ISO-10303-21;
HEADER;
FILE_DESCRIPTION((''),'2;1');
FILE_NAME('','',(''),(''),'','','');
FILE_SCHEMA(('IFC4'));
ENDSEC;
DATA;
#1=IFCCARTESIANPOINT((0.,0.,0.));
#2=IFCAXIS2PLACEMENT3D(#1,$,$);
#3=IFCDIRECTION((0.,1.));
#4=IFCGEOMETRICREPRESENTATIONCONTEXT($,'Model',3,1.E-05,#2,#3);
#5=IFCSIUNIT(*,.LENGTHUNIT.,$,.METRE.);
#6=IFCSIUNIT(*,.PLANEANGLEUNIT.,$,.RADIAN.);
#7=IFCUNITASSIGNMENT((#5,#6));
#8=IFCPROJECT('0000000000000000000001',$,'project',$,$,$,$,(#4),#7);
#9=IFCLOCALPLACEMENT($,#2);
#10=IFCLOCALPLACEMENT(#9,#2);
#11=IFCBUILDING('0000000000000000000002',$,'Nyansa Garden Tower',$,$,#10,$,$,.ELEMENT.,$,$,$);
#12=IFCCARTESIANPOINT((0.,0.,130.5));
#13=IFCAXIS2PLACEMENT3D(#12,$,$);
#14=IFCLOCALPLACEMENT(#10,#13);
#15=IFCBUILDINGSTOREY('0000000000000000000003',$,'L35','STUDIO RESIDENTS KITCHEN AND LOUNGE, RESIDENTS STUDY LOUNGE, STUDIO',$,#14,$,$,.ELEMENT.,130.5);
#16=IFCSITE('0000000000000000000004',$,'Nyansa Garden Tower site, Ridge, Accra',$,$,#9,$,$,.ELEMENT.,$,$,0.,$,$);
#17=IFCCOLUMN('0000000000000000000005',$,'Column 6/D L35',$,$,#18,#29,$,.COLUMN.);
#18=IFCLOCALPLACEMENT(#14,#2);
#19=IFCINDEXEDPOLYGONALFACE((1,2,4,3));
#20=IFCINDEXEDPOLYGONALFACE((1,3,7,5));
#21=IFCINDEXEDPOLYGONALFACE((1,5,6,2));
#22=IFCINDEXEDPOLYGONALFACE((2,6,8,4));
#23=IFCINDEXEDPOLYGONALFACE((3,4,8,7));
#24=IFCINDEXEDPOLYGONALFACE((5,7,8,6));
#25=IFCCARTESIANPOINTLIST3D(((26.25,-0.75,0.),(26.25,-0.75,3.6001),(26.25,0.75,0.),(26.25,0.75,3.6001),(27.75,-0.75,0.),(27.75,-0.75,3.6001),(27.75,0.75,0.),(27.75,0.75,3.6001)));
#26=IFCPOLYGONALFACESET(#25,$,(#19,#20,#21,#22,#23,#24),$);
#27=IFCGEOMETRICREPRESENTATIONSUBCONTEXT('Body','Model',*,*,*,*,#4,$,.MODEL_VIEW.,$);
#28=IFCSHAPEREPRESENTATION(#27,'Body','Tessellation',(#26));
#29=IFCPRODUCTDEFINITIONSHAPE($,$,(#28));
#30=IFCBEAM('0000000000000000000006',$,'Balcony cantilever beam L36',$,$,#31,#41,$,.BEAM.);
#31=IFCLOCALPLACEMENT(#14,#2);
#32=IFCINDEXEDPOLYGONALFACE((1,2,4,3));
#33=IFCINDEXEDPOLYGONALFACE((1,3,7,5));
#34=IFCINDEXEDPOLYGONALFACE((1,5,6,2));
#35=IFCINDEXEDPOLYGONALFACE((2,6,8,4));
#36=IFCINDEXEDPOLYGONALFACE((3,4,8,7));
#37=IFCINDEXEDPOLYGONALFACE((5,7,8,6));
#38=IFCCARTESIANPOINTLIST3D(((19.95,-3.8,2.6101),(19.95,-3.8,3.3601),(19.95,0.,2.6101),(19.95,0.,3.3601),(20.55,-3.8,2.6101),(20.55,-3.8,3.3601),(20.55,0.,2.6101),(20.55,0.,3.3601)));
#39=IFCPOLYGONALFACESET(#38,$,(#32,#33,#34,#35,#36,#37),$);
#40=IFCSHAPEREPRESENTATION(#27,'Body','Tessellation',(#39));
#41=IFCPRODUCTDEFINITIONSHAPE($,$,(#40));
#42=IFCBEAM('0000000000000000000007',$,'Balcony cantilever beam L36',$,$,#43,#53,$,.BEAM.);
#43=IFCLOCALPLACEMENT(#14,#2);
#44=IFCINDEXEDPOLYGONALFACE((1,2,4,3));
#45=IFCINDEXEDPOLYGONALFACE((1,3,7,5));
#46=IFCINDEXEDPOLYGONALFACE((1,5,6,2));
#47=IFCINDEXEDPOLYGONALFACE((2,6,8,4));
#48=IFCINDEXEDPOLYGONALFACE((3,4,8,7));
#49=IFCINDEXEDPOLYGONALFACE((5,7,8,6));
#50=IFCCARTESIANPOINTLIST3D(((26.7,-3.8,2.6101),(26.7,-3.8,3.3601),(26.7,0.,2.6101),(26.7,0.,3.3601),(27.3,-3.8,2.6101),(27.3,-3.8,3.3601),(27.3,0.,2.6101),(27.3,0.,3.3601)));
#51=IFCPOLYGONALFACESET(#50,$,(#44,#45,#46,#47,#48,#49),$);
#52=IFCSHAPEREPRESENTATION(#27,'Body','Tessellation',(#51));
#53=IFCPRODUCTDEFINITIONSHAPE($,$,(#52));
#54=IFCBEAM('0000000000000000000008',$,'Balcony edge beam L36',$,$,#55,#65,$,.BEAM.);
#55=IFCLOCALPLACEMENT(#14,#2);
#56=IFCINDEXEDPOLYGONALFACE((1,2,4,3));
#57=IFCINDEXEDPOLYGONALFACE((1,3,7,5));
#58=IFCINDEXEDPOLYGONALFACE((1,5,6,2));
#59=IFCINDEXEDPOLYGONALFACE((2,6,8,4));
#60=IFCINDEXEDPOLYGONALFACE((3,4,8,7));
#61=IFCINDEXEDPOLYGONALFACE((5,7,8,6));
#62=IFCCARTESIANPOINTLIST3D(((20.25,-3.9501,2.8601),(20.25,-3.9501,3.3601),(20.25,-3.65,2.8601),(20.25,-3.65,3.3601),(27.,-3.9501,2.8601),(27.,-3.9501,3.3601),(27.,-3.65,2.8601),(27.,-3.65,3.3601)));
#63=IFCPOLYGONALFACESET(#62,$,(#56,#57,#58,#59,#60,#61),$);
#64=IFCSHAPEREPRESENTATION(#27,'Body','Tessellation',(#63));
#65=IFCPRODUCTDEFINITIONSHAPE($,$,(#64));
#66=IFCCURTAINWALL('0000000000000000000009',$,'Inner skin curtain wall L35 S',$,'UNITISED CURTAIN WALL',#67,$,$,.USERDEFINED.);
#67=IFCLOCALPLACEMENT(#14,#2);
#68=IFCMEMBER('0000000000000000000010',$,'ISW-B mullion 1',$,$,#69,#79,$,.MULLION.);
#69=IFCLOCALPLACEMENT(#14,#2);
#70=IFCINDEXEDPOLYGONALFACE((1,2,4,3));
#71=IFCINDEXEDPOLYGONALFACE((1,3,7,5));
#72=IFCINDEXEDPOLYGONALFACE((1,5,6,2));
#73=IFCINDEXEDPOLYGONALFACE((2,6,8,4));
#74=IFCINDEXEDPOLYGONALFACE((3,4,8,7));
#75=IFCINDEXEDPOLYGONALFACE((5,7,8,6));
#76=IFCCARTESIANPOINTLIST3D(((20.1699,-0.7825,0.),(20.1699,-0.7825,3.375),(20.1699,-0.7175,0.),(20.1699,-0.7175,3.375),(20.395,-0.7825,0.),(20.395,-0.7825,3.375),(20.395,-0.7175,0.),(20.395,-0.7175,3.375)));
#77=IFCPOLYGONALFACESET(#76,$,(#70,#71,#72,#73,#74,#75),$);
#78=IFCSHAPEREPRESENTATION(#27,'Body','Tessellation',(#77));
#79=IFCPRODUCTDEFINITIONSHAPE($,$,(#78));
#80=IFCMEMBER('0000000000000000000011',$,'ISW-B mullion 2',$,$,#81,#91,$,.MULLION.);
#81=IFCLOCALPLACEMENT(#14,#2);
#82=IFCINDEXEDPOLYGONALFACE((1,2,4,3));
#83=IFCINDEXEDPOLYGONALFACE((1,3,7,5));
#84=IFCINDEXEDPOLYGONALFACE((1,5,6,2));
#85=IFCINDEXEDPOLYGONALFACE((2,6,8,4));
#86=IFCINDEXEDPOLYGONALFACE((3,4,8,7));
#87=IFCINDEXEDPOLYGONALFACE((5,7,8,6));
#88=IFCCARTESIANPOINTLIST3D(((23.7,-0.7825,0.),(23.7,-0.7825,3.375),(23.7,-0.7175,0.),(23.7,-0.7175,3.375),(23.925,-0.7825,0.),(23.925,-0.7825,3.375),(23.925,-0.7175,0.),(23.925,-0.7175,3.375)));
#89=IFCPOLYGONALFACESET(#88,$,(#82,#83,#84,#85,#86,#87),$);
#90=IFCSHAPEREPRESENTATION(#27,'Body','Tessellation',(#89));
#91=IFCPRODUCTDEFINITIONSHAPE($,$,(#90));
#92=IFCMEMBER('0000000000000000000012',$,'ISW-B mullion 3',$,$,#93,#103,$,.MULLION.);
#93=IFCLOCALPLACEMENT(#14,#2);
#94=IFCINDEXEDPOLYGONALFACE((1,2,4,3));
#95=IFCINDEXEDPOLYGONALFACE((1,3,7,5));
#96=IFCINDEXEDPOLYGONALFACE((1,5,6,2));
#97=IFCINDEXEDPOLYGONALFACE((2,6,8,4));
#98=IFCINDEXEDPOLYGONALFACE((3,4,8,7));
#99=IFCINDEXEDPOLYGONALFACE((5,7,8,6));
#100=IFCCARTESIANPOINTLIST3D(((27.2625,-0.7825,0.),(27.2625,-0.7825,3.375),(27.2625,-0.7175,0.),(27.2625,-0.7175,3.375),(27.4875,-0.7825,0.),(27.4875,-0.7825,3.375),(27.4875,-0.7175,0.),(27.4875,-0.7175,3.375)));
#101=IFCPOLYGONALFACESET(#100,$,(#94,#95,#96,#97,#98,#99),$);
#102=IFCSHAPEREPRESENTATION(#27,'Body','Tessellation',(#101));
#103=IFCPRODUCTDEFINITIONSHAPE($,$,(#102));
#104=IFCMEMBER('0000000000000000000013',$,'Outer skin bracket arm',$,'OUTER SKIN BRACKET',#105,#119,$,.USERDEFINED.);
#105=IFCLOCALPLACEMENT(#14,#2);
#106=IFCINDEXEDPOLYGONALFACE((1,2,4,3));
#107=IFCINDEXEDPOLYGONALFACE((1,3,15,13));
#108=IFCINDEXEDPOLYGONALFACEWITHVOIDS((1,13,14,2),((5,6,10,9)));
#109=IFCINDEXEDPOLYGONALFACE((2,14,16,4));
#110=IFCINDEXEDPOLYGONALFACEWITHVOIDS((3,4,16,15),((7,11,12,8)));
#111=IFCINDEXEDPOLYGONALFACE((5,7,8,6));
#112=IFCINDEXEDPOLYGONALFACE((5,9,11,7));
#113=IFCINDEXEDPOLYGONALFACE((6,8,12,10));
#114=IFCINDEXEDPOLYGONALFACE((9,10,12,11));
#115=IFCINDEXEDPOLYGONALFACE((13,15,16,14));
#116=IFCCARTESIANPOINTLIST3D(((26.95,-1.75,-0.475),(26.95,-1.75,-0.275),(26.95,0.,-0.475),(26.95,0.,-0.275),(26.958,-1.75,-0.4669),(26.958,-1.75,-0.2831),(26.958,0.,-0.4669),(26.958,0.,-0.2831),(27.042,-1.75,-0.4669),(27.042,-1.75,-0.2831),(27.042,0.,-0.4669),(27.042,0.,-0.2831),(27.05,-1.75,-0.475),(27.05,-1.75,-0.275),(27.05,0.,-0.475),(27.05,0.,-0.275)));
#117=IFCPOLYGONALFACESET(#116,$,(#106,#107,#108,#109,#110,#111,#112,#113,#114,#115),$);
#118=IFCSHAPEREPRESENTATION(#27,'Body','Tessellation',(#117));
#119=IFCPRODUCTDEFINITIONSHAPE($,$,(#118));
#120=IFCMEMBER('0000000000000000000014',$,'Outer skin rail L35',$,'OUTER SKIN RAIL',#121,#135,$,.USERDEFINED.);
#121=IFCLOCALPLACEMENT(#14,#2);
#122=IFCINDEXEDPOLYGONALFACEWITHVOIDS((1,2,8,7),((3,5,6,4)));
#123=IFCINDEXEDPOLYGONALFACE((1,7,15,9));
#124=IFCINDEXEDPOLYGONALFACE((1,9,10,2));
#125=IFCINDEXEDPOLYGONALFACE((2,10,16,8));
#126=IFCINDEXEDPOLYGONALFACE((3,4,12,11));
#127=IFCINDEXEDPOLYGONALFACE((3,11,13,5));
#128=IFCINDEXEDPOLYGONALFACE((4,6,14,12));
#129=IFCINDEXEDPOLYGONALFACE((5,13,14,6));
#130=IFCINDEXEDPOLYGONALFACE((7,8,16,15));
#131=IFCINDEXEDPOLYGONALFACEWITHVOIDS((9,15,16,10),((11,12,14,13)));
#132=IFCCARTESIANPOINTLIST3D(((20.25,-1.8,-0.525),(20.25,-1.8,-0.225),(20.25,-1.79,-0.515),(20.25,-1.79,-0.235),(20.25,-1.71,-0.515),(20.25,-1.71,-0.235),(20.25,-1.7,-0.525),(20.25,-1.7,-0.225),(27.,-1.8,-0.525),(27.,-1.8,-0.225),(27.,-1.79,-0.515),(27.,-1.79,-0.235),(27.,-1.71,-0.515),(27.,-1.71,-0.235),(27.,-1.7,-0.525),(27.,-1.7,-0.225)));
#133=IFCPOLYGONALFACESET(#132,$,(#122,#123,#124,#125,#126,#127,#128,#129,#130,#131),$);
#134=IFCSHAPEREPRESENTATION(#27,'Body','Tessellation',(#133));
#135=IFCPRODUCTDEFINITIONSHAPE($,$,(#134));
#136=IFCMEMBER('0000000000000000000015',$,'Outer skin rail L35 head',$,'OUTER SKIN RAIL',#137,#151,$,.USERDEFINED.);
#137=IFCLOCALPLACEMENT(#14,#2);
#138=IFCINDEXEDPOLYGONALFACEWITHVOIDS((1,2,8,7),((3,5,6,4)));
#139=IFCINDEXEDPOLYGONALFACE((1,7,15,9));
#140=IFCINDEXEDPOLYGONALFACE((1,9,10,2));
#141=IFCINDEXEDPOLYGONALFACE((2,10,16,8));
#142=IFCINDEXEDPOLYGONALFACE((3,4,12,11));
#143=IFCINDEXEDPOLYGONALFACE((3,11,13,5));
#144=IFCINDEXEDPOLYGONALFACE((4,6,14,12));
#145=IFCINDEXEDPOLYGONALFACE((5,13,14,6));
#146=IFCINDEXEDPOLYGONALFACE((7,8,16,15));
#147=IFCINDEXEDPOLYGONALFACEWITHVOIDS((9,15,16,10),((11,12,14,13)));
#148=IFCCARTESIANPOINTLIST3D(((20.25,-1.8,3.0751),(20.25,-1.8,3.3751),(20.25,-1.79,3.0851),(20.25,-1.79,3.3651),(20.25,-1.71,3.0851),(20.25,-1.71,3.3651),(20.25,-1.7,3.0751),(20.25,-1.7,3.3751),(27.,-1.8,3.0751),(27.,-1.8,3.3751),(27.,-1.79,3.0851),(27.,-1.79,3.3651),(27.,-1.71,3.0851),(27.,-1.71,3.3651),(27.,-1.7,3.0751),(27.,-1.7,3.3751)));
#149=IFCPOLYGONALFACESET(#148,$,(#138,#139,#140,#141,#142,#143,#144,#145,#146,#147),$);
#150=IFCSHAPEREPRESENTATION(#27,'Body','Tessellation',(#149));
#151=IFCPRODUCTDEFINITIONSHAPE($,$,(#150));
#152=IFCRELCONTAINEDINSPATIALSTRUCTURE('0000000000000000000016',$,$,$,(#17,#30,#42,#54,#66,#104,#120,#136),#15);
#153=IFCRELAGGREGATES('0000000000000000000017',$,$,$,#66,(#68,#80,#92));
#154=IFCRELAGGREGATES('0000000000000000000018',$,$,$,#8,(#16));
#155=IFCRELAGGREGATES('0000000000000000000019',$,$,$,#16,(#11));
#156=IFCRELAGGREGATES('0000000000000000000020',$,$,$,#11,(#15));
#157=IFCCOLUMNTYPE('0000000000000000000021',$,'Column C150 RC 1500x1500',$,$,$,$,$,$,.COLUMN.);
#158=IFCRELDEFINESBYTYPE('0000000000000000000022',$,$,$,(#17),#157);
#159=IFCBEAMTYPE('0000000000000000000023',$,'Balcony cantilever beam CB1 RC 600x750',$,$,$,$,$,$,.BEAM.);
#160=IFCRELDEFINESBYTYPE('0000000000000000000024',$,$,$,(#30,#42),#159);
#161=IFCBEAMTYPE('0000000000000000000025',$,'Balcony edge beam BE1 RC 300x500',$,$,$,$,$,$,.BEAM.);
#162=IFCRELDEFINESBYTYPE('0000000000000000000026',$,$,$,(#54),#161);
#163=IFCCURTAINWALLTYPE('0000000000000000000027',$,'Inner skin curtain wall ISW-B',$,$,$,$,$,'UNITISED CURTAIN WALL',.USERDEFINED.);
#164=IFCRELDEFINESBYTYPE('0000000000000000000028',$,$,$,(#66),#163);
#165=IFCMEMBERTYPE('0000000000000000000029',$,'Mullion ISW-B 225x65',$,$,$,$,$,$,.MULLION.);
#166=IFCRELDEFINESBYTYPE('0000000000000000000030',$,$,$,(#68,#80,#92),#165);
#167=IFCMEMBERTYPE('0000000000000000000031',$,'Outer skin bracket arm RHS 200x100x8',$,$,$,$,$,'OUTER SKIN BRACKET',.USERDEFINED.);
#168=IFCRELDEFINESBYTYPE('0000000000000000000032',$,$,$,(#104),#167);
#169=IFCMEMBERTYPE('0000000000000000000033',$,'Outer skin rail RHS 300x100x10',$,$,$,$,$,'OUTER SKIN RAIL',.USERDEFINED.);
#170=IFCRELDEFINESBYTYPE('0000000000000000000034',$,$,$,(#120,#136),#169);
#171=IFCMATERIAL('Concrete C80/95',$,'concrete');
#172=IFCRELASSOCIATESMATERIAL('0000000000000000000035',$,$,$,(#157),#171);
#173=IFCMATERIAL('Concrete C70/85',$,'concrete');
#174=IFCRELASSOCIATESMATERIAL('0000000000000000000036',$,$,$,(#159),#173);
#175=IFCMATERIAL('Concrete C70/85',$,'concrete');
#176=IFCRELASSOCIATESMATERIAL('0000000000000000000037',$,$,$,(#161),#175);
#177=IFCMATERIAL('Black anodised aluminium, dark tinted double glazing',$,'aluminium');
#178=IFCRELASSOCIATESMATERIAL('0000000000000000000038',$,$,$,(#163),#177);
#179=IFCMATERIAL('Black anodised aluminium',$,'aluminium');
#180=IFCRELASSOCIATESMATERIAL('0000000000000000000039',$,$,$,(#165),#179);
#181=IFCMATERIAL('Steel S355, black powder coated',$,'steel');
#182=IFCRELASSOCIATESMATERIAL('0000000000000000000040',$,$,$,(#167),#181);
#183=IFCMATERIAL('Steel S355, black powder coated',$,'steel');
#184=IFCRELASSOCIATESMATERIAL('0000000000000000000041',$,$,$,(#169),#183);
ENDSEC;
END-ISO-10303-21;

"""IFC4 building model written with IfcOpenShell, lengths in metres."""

from ifc_helpers import new_model, si_unit, direction, frame, origin, origin_2d, place, context, subcontext, project, spatial, rectangle, hollow_rectangle, extrude, material, material_profile, profile_set, type_object, element, aggregate, save


model = new_model("IFC4")

# Units and contexts
model_context = context("Model", 3, precision=1e-05, world=origin(), true_north=direction((0.0, 1.0)))
body_context = subcontext(model_context, "Body", "Model", "MODEL_VIEW")
ifc_project = project(units=[si_unit("LENGTHUNIT", "METRE"), si_unit("PLANEANGLEUNIT", "RADIAN")], contexts=[model_context])

# Site, building, storey
site_placement = place(None, origin())
site = spatial("IfcSite", under=ifc_project, at=site_placement, Name="Nyansa Garden Tower site, Ridge, Accra", CompositionType="ELEMENT", RefElevation=0.0)
building_placement = place(site_placement, origin())
building = spatial("IfcBuilding", under=site, at=building_placement, Name="Nyansa Garden Tower", CompositionType="ELEMENT")
storey_placement = place(building_placement, frame((0.0, 0.0, 130.5)))
storey = spatial("IfcBuildingStorey", under=building, at=storey_placement, Name="L35", Description="STUDIO RESIDENTS KITCHEN AND LOUNGE, RESIDENTS STUDY LOUNGE, STUDIO", CompositionType="ELEMENT", Elevation=130.5)

# Column
ifc_material_1 = material(Name="Concrete C80/95", Category="concrete")
ifc_material_profile_1 = material_profile(ifc_material_1, rectangle(XDim=1.5, YDim=1.5, at=origin_2d()), Name="RC 1500x1500")
ifc_profile_set_1 = profile_set([ifc_material_profile_1], Name="Concrete C80/95")
column_type = type_object("IfcColumnType", Name="Column C150 RC 1500x1500", PredefinedType="COLUMN", material=ifc_profile_set_1)
column_placement = place(storey_placement, frame((27.0, 0.0, 0.0), z_axis=(0.0, 0.0, 1.0), x_axis=(1.0, 0.0, 0.0)))
element("IfcColumn", 1, at=column_placement, inside=storey, type_object=column_type, Name="Column 6/D L35", PredefinedType="COLUMN", context=body_context, shape_type="SweptSolid", body=[
    extrude(rectangle(XDim=1.5, YDim=1.5, at=origin_2d()), origin(), (0.0, 0.0, 1.0), 3.6001),
])

# Beams
ifc_material_2 = material(Name="Concrete C70/85", Category="concrete")
ifc_material_profile_2 = material_profile(ifc_material_2, rectangle(XDim=0.6001, YDim=0.75, at=origin_2d()), Name="RC 600x750")
ifc_profile_set_2 = profile_set([ifc_material_profile_2], Name="Concrete C70/85")
beam_type_1 = type_object("IfcBeamType", Name="Balcony cantilever beam CB1 RC 600x750", PredefinedType="BEAM", material=ifc_profile_set_2)
for number, where, z_axis, x_axis, name in (
    (2, (20.25, 0.0, 2.9851), (0.0, -1.0, 0.0), (1.0, 0.0, 0.0), "Balcony cantilever beam L36"),
    (3, (27.0, 0.0, 2.9851), (0.0, -1.0, 0.0), (1.0, 0.0, 0.0), "Balcony cantilever beam L36"),
):
    element("IfcBeam", number, at=place(storey_placement, frame(where, z_axis=z_axis, x_axis=x_axis)), inside=storey, type_object=beam_type_1, Name=name, PredefinedType="BEAM", context=body_context, shape_type="SweptSolid", body=[
        extrude(rectangle(XDim=0.6001, YDim=0.75, at=origin_2d()), origin(), (0.0, 0.0, 1.0), 3.8),
    ])
ifc_material_3 = material(Name="Concrete C70/85", Category="concrete")
ifc_material_profile_3 = material_profile(ifc_material_3, rectangle(XDim=0.3, YDim=0.5, at=origin_2d()), Name="RC 300x500")
ifc_profile_set_3 = profile_set([ifc_material_profile_3], Name="Concrete C70/85")
beam_type_2 = type_object("IfcBeamType", Name="Balcony edge beam BE1 RC 300x500", PredefinedType="BEAM", material=ifc_profile_set_3)
beam_1_placement = place(storey_placement, frame((20.25, -3.8, 3.1101), z_axis=(1.0, 0.0, 0.0), x_axis=(0.0, 1.0, 0.0)))
element("IfcBeam", 4, at=beam_1_placement, inside=storey, type_object=beam_type_2, Name="Balcony edge beam L36", PredefinedType="BEAM", context=body_context, shape_type="SweptSolid", body=[
    extrude(rectangle(XDim=0.3, YDim=0.5, at=origin_2d()), origin(), (0.0, 0.0, 1.0), 6.75),
])

# Curtain wall, members
ifc_material_4 = material(Name="Black anodised aluminium, dark tinted double glazing", Category="aluminium")
curtain_wall_type = type_object("IfcCurtainWallType", Name="Inner skin curtain wall ISW-B", ElementType="UNITISED CURTAIN WALL", PredefinedType="USERDEFINED", material=ifc_material_4)
curtain_wall_placement = place(storey_placement, origin())
curtain_wall = element("IfcCurtainWall", 5, at=curtain_wall_placement, inside=storey, type_object=curtain_wall_type, Name="Inner skin curtain wall L35 S", ObjectType="UNITISED CURTAIN WALL", PredefinedType="USERDEFINED")
ifc_material_5 = material(Name="Black anodised aluminium", Category="aluminium")
ifc_material_profile_4 = material_profile(ifc_material_5, rectangle(XDim=0.0649, YDim=0.2251, at=origin_2d()), Name="Mullion 225x65")
ifc_profile_set_4 = profile_set([ifc_material_profile_4], Name="Black anodised aluminium")
member_type_1 = type_object("IfcMemberType", Name="Mullion ISW-B 225x65", PredefinedType="MULLION", material=ifc_profile_set_4)
member_1_placement = place(storey_placement, frame((20.2825, -0.75, 0.0), z_axis=(0.0, 0.0, 1.0), x_axis=(0.0, 1.0, 0.0)))
member_1 = element("IfcMember", 6, at=member_1_placement, type_object=member_type_1, Name="ISW-B mullion 1", PredefinedType="MULLION", context=body_context, shape_type="SweptSolid", body=[
    extrude(rectangle(XDim=0.0649, YDim=0.2251, at=origin_2d()), origin(), (0.0, 0.0, 1.0), 3.375),
])
member_2_placement = place(storey_placement, frame((23.8125, -0.75, 0.0), z_axis=(0.0, 0.0, 1.0), x_axis=(0.0, 1.0, 0.0)))
member_2 = element("IfcMember", 7, at=member_2_placement, type_object=member_type_1, Name="ISW-B mullion 2", PredefinedType="MULLION", context=body_context, shape_type="SweptSolid", body=[
    extrude(rectangle(XDim=0.0649, YDim=0.2251, at=origin_2d()), origin(), (0.0, 0.0, 1.0), 3.375),
])
member_3_placement = place(storey_placement, frame((27.375, -0.75, 0.0), z_axis=(0.0, 0.0, 1.0), x_axis=(0.0, 1.0, 0.0)))
member_3 = element("IfcMember", 8, at=member_3_placement, type_object=member_type_1, Name="ISW-B mullion 3", PredefinedType="MULLION", context=body_context, shape_type="SweptSolid", body=[
    extrude(rectangle(XDim=0.0649, YDim=0.2251, at=origin_2d()), origin(), (0.0, 0.0, 1.0), 3.375),
])

# Members
ifc_material_6 = material(Name="Steel S355, black powder coated", Category="steel")
ifc_material_profile_5 = material_profile(ifc_material_6, hollow_rectangle(XDim=0.1001, YDim=0.2, WallThickness=0.0081, at=origin_2d()), Name="RHS 200x100x8")
ifc_profile_set_5 = profile_set([ifc_material_profile_5], Name="Steel S355, black powder coated")
member_type_2 = type_object("IfcMemberType", Name="Outer skin bracket arm RHS 200x100x8", ElementType="OUTER SKIN BRACKET", PredefinedType="USERDEFINED", material=ifc_profile_set_5)
member_4_placement = place(storey_placement, frame((27.0, 0.0, -0.375), z_axis=(0.0, -1.0, 0.0), x_axis=(1.0, 0.0, 0.0)))
element("IfcMember", 9, at=member_4_placement, inside=storey, type_object=member_type_2, Name="Outer skin bracket arm", ObjectType="OUTER SKIN BRACKET", PredefinedType="USERDEFINED", context=body_context, shape_type="SweptSolid", body=[
    extrude(hollow_rectangle(XDim=0.1001, YDim=0.2, WallThickness=0.0081, at=origin_2d()), origin(), (0.0, 0.0, 1.0), 1.75),
])
ifc_material_7 = material(Name="Steel S355, black powder coated", Category="steel")
ifc_material_profile_6 = material_profile(ifc_material_7, hollow_rectangle(XDim=0.1001, YDim=0.3, WallThickness=0.01, at=origin_2d()), Name="RHS 300x100x10")
ifc_profile_set_6 = profile_set([ifc_material_profile_6], Name="Steel S355, black powder coated")
member_type_3 = type_object("IfcMemberType", Name="Outer skin rail RHS 300x100x10", ElementType="OUTER SKIN RAIL", PredefinedType="USERDEFINED", material=ifc_profile_set_6)
for number, where, z_axis, x_axis, name in (
    (10, (20.25, -1.75, -0.375), (1.0, 0.0, 0.0), (0.0, 1.0, 0.0), "Outer skin rail L35"),
    (11, (20.25, -1.75, 3.2251), (1.0, 0.0, 0.0), (0.0, 1.0, 0.0), "Outer skin rail L35 head"),
):
    element("IfcMember", number, at=place(storey_placement, frame(where, z_axis=z_axis, x_axis=x_axis)), inside=storey, type_object=member_type_3, Name=name, ObjectType="OUTER SKIN RAIL", PredefinedType="USERDEFINED", context=body_context, shape_type="SweptSolid", body=[
        extrude(hollow_rectangle(XDim=0.1001, YDim=0.3, WallThickness=0.01, at=origin_2d()), origin(), (0.0, 0.0, 1.0), 6.75),
    ])

aggregate(curtain_wall, [member_1, member_2, member_3])

save(model, "model.ifc")
